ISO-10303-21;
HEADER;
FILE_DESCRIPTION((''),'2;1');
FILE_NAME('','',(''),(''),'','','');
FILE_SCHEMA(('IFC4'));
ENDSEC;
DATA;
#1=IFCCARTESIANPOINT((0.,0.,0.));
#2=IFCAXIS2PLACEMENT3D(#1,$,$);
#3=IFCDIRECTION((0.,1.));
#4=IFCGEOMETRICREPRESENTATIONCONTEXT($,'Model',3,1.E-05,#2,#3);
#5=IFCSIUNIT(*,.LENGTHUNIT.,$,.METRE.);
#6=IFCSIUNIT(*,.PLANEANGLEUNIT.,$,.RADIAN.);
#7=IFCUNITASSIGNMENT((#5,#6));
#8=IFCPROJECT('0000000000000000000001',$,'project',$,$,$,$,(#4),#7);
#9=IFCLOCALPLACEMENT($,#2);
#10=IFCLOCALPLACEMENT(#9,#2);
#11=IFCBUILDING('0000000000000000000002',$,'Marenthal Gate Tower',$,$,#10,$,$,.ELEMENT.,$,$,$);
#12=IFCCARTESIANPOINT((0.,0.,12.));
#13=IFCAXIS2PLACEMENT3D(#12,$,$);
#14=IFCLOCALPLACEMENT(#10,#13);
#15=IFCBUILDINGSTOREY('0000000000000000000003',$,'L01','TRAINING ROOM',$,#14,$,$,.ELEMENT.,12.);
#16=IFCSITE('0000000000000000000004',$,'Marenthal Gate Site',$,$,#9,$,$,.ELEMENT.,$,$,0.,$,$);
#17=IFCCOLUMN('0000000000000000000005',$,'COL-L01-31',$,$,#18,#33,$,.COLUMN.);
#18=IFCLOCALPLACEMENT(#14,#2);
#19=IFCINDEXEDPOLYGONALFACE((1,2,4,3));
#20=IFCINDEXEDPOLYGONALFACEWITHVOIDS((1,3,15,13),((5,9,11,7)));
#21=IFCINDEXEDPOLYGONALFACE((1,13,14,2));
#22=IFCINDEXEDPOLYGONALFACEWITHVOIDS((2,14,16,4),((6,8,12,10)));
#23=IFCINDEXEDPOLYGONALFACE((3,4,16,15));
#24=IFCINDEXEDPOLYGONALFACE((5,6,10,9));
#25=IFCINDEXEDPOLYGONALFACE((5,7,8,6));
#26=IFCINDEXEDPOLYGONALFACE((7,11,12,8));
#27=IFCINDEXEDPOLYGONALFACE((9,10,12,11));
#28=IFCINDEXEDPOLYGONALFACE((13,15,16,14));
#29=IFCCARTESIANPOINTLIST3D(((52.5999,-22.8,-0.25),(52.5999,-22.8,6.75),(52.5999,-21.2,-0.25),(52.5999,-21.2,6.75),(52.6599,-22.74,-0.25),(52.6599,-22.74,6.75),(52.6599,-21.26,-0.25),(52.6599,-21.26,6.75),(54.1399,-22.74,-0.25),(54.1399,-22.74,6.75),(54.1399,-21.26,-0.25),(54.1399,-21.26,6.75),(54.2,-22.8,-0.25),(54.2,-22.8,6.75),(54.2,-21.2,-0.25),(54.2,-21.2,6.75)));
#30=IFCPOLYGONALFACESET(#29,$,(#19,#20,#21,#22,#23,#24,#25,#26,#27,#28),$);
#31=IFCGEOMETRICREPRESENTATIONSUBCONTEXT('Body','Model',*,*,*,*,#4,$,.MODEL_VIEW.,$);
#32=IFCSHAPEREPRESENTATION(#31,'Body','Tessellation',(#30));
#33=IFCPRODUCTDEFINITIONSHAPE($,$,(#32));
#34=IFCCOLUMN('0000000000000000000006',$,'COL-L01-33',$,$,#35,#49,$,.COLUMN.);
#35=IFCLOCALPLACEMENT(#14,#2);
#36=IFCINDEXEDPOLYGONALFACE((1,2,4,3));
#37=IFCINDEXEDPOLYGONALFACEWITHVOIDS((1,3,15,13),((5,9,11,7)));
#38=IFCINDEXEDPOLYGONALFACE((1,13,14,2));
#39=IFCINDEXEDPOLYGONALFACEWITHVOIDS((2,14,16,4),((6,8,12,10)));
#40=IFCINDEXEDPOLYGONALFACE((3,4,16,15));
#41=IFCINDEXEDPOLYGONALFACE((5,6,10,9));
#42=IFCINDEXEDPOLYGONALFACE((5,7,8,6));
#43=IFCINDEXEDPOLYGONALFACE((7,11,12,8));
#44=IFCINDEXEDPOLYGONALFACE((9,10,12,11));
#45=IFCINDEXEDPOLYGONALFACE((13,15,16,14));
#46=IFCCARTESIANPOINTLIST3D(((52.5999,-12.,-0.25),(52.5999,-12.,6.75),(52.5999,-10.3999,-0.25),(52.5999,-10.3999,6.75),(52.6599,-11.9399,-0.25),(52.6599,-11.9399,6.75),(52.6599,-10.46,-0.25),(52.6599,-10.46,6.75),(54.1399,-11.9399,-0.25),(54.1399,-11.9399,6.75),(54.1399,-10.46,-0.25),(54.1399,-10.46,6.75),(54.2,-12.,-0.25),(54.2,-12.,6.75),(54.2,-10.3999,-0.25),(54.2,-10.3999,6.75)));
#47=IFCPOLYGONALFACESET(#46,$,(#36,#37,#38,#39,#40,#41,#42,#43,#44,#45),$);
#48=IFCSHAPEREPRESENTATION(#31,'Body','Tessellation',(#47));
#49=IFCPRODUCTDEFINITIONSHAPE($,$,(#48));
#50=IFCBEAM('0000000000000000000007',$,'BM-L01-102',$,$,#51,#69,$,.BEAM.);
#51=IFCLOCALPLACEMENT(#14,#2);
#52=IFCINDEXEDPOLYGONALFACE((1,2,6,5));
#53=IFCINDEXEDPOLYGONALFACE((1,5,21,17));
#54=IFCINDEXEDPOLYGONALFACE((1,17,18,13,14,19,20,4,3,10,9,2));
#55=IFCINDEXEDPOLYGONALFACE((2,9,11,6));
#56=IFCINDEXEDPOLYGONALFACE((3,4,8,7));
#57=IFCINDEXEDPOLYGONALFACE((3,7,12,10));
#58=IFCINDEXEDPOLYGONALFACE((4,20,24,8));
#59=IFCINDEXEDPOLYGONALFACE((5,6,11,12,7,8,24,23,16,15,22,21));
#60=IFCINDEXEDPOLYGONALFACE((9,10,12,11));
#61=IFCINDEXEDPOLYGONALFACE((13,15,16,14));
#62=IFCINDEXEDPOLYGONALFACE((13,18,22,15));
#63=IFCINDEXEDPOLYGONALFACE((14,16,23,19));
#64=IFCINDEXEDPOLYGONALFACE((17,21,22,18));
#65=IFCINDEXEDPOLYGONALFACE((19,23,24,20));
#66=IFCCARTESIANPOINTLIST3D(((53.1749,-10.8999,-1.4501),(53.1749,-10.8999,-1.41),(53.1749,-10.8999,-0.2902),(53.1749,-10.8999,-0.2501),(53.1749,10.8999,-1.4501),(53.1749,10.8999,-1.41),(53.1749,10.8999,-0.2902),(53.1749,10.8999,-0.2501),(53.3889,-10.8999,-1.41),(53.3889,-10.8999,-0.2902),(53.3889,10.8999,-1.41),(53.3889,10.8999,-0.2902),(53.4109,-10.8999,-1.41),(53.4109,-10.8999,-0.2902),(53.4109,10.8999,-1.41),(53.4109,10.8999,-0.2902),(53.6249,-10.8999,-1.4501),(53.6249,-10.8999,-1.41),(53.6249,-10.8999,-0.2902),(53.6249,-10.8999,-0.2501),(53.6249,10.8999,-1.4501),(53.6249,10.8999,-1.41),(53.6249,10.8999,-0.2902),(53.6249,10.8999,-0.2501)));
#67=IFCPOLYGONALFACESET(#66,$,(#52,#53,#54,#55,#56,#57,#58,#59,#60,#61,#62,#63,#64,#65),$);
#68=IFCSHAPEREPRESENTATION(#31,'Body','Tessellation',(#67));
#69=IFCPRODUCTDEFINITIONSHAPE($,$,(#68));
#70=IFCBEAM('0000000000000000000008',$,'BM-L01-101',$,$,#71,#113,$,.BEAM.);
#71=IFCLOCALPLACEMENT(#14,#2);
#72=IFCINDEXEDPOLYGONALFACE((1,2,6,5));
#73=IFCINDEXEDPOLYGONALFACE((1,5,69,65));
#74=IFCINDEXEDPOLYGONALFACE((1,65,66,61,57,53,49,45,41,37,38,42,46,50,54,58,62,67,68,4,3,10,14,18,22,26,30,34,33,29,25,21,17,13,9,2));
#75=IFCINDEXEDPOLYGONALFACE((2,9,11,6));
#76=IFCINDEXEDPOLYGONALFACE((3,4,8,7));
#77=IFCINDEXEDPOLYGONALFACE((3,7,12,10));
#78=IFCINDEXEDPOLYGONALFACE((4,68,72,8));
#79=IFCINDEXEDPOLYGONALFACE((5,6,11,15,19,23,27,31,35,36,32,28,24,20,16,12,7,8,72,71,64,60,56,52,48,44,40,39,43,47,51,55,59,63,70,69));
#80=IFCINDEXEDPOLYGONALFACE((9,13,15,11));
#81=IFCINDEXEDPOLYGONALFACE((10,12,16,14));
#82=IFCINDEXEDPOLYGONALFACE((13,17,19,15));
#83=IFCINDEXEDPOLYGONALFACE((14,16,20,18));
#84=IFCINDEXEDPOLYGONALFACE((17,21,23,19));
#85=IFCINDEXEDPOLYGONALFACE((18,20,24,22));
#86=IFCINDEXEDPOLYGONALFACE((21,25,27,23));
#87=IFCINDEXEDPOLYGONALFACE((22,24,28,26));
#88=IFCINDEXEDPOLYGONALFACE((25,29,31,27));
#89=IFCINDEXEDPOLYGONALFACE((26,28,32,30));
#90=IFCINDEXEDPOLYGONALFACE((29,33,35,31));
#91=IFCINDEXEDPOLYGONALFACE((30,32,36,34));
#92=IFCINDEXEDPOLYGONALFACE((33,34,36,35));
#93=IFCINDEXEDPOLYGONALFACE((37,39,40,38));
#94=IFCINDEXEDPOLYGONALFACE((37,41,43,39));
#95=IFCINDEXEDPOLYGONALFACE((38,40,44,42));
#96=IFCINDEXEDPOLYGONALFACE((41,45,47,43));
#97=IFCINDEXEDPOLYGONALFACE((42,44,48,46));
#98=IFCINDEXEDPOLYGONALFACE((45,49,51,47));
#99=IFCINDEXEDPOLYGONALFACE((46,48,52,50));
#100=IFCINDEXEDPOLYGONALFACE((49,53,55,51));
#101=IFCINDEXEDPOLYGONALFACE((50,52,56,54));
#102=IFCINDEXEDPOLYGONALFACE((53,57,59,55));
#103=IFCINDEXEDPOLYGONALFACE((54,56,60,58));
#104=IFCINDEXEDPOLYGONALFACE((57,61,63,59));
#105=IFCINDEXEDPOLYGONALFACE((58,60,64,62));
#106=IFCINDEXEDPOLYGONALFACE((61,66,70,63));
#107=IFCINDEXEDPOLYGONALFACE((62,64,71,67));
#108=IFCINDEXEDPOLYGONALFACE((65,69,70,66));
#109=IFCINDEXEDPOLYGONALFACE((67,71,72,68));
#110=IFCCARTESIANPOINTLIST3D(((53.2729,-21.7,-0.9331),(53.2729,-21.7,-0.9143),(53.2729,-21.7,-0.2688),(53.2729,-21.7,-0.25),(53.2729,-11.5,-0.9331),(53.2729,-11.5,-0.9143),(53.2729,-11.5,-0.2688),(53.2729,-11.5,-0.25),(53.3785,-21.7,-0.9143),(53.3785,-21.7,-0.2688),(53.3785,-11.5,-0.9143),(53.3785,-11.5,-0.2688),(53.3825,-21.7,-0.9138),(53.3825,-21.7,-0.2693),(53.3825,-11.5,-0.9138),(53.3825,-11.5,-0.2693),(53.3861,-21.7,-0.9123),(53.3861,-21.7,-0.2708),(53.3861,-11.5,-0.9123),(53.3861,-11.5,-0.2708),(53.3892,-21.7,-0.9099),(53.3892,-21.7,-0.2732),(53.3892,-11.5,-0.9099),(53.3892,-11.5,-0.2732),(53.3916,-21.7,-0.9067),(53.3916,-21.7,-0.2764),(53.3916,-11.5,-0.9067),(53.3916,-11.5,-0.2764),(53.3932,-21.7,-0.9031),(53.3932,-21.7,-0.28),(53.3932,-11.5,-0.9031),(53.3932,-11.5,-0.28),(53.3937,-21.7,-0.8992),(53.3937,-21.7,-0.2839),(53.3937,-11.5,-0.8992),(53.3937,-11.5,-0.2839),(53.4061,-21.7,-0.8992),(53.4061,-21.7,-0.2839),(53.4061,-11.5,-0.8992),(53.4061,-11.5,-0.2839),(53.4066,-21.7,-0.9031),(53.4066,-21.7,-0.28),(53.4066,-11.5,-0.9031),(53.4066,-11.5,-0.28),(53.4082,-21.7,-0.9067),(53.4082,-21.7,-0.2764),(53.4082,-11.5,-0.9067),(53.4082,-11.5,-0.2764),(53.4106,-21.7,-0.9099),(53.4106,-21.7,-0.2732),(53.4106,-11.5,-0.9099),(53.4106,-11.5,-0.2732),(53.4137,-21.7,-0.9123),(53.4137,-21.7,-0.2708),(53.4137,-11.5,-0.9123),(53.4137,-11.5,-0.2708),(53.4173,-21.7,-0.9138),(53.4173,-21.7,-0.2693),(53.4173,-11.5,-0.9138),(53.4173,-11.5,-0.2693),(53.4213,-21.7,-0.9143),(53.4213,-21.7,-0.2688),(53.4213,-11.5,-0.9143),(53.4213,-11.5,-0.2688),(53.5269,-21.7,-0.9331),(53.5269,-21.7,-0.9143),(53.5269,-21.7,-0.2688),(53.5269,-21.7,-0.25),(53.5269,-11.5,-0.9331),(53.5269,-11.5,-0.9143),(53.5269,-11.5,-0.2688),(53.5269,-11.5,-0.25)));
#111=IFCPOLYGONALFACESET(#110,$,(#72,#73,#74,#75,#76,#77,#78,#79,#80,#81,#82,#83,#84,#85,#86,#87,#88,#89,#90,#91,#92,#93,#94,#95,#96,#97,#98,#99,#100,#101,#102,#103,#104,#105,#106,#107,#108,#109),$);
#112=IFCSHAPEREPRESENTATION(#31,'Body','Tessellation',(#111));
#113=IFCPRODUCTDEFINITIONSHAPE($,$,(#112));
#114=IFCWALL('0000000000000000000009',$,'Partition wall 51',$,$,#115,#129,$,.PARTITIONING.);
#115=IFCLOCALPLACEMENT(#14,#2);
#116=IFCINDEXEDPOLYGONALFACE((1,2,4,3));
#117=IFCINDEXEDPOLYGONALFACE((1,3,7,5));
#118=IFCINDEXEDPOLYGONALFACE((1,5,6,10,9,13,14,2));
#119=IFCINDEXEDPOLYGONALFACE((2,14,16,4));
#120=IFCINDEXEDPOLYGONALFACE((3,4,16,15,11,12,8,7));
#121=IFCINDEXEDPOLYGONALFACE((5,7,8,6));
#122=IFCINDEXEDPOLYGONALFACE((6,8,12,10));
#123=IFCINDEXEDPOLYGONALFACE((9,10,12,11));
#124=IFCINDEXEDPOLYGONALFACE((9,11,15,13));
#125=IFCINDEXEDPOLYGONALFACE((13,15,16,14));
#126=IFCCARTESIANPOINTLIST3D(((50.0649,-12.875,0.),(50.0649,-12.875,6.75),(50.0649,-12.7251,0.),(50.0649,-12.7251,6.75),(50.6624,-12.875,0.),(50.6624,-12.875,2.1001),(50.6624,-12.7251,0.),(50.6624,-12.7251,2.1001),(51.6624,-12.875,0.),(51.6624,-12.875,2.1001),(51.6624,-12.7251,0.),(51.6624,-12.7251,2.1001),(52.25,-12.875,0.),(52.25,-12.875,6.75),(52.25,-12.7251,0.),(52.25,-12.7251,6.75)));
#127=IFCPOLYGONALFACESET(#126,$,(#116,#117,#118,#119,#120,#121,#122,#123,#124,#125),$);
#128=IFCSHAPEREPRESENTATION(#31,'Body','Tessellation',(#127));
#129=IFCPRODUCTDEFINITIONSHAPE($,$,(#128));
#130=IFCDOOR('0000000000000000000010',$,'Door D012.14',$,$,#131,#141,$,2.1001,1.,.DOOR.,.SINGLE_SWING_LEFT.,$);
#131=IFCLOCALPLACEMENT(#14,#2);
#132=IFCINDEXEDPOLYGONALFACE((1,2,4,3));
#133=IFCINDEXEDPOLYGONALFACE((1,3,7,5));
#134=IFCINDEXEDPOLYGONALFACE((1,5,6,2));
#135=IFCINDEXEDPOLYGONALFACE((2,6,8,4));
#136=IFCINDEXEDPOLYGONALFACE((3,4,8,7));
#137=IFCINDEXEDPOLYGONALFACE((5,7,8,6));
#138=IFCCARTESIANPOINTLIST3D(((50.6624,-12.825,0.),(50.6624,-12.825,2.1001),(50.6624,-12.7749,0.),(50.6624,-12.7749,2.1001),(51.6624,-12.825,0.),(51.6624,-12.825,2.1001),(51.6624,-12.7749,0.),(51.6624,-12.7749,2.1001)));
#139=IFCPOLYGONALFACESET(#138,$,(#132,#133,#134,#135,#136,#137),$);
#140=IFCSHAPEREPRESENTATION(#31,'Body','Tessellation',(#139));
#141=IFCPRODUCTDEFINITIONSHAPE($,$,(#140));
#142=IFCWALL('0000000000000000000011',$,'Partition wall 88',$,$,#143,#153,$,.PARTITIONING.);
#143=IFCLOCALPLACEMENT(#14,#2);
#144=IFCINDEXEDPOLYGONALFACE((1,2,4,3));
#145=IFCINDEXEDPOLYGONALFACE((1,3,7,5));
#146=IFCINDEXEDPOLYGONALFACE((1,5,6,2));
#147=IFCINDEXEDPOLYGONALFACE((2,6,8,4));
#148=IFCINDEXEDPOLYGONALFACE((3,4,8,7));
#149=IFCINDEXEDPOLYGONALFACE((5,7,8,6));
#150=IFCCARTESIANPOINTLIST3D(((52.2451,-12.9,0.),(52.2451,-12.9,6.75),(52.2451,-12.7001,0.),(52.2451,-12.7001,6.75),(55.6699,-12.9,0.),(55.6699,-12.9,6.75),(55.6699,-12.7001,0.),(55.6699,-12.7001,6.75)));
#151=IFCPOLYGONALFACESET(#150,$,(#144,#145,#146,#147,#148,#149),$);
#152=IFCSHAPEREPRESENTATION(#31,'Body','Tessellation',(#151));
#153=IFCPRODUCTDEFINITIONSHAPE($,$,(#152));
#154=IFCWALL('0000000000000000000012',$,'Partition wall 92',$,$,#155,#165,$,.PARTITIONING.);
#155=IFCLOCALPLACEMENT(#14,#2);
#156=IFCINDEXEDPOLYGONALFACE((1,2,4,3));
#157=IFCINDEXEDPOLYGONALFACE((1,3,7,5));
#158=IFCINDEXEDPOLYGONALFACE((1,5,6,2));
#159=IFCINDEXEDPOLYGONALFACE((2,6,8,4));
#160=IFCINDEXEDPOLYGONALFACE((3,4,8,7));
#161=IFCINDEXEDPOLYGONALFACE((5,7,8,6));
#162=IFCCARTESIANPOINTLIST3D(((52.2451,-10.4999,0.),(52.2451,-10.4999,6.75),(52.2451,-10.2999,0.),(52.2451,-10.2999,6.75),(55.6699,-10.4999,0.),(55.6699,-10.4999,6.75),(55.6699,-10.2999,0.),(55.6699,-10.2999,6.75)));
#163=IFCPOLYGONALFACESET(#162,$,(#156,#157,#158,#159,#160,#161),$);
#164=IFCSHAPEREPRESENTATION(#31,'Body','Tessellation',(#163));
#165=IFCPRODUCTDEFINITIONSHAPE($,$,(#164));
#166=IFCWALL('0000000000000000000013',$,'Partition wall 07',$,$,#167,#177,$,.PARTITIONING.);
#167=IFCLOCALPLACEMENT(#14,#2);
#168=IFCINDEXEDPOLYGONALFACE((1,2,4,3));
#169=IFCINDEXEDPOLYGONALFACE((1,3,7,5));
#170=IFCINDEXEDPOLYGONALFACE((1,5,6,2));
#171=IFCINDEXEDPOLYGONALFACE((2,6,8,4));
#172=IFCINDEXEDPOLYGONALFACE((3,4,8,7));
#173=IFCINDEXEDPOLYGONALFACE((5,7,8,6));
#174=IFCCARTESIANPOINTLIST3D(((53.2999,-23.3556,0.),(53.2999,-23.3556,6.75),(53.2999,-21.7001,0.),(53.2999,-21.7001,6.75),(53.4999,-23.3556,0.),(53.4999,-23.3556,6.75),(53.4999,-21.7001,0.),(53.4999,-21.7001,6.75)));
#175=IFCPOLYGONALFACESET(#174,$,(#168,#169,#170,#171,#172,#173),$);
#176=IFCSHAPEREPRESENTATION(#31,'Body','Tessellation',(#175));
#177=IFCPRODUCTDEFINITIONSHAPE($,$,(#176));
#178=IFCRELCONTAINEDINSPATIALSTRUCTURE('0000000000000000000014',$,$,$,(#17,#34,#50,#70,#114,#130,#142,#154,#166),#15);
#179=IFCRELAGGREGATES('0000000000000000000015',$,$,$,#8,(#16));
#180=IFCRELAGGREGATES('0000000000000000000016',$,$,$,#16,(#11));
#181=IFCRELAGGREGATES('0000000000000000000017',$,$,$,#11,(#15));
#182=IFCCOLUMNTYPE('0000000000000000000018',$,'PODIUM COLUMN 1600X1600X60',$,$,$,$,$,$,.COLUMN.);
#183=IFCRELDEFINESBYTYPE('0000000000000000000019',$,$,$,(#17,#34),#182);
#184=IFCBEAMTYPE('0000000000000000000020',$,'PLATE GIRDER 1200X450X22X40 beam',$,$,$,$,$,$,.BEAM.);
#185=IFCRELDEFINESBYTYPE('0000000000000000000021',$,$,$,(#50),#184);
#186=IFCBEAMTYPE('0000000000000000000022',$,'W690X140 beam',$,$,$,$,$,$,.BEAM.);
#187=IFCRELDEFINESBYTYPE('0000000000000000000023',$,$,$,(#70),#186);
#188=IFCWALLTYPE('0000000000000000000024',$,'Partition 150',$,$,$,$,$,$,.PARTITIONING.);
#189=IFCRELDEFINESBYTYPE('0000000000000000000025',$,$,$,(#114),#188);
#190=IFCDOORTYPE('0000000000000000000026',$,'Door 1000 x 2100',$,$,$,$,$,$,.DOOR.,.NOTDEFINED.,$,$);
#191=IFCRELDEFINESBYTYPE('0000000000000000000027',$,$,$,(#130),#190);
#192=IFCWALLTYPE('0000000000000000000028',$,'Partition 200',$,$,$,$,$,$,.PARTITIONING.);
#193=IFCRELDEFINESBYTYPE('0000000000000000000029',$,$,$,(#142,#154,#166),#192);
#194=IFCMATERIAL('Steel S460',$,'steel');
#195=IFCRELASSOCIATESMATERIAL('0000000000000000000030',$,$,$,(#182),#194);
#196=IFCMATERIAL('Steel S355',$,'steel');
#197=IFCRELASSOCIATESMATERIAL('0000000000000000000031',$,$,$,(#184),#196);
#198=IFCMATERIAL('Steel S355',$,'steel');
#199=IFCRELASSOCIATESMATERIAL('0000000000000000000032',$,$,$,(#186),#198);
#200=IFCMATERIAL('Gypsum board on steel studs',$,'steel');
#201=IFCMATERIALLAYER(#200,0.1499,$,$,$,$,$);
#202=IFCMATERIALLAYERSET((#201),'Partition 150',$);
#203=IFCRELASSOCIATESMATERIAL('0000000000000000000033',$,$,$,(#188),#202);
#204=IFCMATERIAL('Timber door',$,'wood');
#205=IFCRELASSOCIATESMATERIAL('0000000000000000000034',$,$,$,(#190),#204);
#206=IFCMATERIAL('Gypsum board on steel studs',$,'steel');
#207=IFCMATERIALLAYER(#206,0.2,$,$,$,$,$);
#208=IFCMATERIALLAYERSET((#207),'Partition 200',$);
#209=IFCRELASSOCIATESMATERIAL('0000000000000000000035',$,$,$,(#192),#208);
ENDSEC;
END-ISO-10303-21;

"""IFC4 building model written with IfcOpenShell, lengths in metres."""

from ifc_helpers import new_model, si_unit, direction, frame, frame_2d, origin, origin_2d, place, context, subcontext, project, spatial, rectangle, hollow_rectangle, i_section, extrude, material, layer, layer_set, material_profile, profile_set, type_object, element, fill, save


model = new_model("IFC4")

# Units and contexts
model_context = context("Model", 3, precision=1e-05, world=origin(), true_north=direction((0.0, 1.0)))
body_context = subcontext(model_context, "Body", "Model", "MODEL_VIEW")
ifc_project = project(units=[si_unit("LENGTHUNIT", "METRE"), si_unit("PLANEANGLEUNIT", "RADIAN")], contexts=[model_context])

# Site, building, storey
site_placement = place(None, origin())
site = spatial("IfcSite", under=ifc_project, at=site_placement, Name="Marenthal Gate Site", CompositionType="ELEMENT", RefElevation=0.0)
building_placement = place(site_placement, origin())
building = spatial("IfcBuilding", under=site, at=building_placement, Name="Marenthal Gate Tower", CompositionType="ELEMENT")
storey_placement = place(building_placement, frame((0.0, 0.0, 12.0)))
storey = spatial("IfcBuildingStorey", under=building, at=storey_placement, Name="L01", Description="TRAINING ROOM", CompositionType="ELEMENT", Elevation=12.0)

# Columns
ifc_material_1 = material(Name="Steel S460", Category="steel")
ifc_material_profile_1 = material_profile(ifc_material_1, hollow_rectangle(XDim=1.6001, YDim=1.6001, WallThickness=0.0601, at=origin_2d()), Name="CFT BOX 1600X1600X60")
ifc_material_2 = material(Name="Concrete 70 MPa", Category="concrete")
ifc_material_profile_2 = material_profile(ifc_material_2, rectangle(XDim=1.48, YDim=1.48, at=origin_2d()), Name="CFT BOX 1600X1600X60 INFILL")
ifc_profile_set_1 = profile_set([ifc_material_profile_1, ifc_material_profile_2], Name="Steel S460 shell, Concrete 70 MPa infill")
column_type = type_object("IfcColumnType", Name="PODIUM COLUMN 1600X1600X60", PredefinedType="COLUMN", material=ifc_profile_set_1)
for number, where, z_axis, x_axis, name in (
    (1, (53.3999, -22.0, -0.25), (0.0, 0.0, 1.0), (1.0, 0.0, 0.0), "COL-L01-31"),
    (2, (53.3999, -11.2, -0.25), (0.0, 0.0, 1.0), (1.0, 0.0, 0.0), "COL-L01-33"),
):
    element("IfcColumn", number, at=place(storey_placement, frame(where, z_axis=z_axis, x_axis=x_axis)), inside=storey, type_object=column_type, Name=name, PredefinedType="COLUMN", context=body_context, shape_type="SweptSolid", body=[
        extrude(hollow_rectangle(XDim=1.6001, YDim=1.6001, WallThickness=0.0601, at=origin_2d()), origin(), (0.0, 0.0, 1.0), 7.0),
    ])

# Beams
ifc_material_3 = material(Name="Steel S355", Category="steel")
ifc_material_profile_3 = material_profile(ifc_material_3, i_section(OverallWidth=0.45, OverallDepth=1.2, WebThickness=0.022, FlangeThickness=0.04, at=origin_2d()), Name="PLATE GIRDER 1200X450X22X40")
ifc_profile_set_2 = profile_set([ifc_material_profile_3], Name="Steel S355")
beam_type_1 = type_object("IfcBeamType", Name="PLATE GIRDER 1200X450X22X40 beam", PredefinedType="BEAM", material=ifc_profile_set_2)
beam_1_placement = place(storey_placement, frame((53.3999, -10.8999, -0.8501), z_axis=(0.0, 1.0, 0.0), x_axis=(-1.0, 0.0, 0.0)))
element("IfcBeam", 3, at=beam_1_placement, inside=storey, type_object=beam_type_1, Name="BM-L01-102", PredefinedType="BEAM", context=body_context, shape_type="SweptSolid", body=[
    extrude(i_section(OverallWidth=0.45, OverallDepth=1.2, WebThickness=0.022, FlangeThickness=0.04, at=origin_2d()), origin(), (0.0, 0.0, 1.0), 21.7998),
])
ifc_material_4 = material(Name="Steel S355", Category="steel")
ifc_material_profile_4 = material_profile(ifc_material_4, i_section(OverallWidth=0.2539, OverallDepth=0.6831, WebThickness=0.0125, FlangeThickness=0.0188, FilletRadius=0.0151, at=origin_2d()), Name="W690X140")
ifc_profile_set_3 = profile_set([ifc_material_profile_4], Name="Steel S355")
beam_type_2 = type_object("IfcBeamType", Name="W690X140 beam", PredefinedType="BEAM", material=ifc_profile_set_3)
beam_2_placement = place(storey_placement, frame((53.3999, -21.7, -0.5916), z_axis=(0.0, 1.0, 0.0), x_axis=(-1.0, 0.0, 0.0)))
element("IfcBeam", 4, at=beam_2_placement, inside=storey, type_object=beam_type_2, Name="BM-L01-101", PredefinedType="BEAM", context=body_context, shape_type="SweptSolid", body=[
    extrude(i_section(OverallWidth=0.2539, OverallDepth=0.6831, WebThickness=0.0125, FlangeThickness=0.0188, FilletRadius=0.0151, at=origin_2d()), origin(), (0.0, 0.0, 1.0), 10.2),
])

# Wall, opening, door
ifc_material_5 = material(Name="Gypsum board on steel studs", Category="steel")
ifc_layer_1 = layer(ifc_material_5, 0.1499)
ifc_layer_set_1 = layer_set([ifc_layer_1], Name="Partition 150")
wall_type_1 = type_object("IfcWallType", Name="Partition 150", PredefinedType="PARTITIONING", material=ifc_layer_set_1)
wall_1_placement = place(storey_placement, frame((50.0649, -12.8, 0.0), z_axis=(0.0, 0.0, 1.0), x_axis=(1.0, 0.0, 0.0)))
wall_1 = element("IfcWall", 5, at=wall_1_placement, inside=storey, type_object=wall_type_1, Name="Partition wall 51", PredefinedType="PARTITIONING", context=body_context, shape_type="SweptSolid", body=[
    extrude(rectangle(XDim=2.1851, YDim=0.1499, at=frame_2d((1.0925, 0.0))), origin(), (0.0, 0.0, 1.0), 6.75),
])
opening_1_placement = place(wall_1_placement, frame((0.5974, 0.0, 0.0)))
opening_1 = element("IfcOpeningElement", 6, at=opening_1_placement, cuts=wall_1, PredefinedType="OPENING", context=body_context, shape_type="SweptSolid", body=[
    extrude(rectangle(XDim=1.0, YDim=2.1001, at=frame_2d((0.5, 1.05))), frame((0.0, 0.085, 0.0), z_axis=(0.0, -1.0, 0.0), x_axis=(1.0, 0.0, 0.0)), (0.0, 0.0, 1.0), 0.1699),
])
ifc_material_6 = material(Name="Timber door", Category="wood")
door_type = type_object("IfcDoorType", Name="Door 1000 x 2100", OperationType="NOTDEFINED", PredefinedType="DOOR", material=ifc_material_6)
door_placement = place(opening_1_placement, frame((1.0, 0.0, 0.0), z_axis=(0.0, 0.0, 1.0), x_axis=(-1.0, 0.0, 0.0)))
door = element("IfcDoor", 7, at=door_placement, inside=storey, type_object=door_type, Name="Door D012.14", OperationType="SINGLE_SWING_LEFT", OverallHeight=2.1001, OverallWidth=1.0, PredefinedType="DOOR", context=body_context, shape_type="SweptSolid", body=[
    extrude(rectangle(XDim=1.0, YDim=2.1001, at=frame_2d((0.5, 1.05))), frame((0.0, 0.0249, 0.0), z_axis=(0.0, -1.0, 0.0), x_axis=(1.0, 0.0, 0.0)), (0.0, 0.0, 1.0), 0.05),
])
fill(opening_1, door)

# Walls
ifc_material_7 = material(Name="Gypsum board on steel studs", Category="steel")
ifc_layer_2 = layer(ifc_material_7, 0.2)
ifc_layer_set_2 = layer_set([ifc_layer_2], Name="Partition 200")
wall_type_2 = type_object("IfcWallType", Name="Partition 200", PredefinedType="PARTITIONING", material=ifc_layer_set_2)
for number, where, z_axis, x_axis, name in (
    (8, (52.2451, -12.8, 0.0), (0.0, 0.0, 1.0), (1.0, 0.0, 0.0), "Partition wall 88"),
    (9, (52.2451, -10.3999, 0.0), (0.0, 0.0, 1.0), (1.0, 0.0, 0.0), "Partition wall 92"),
):
    element("IfcWall", number, at=place(storey_placement, frame(where, z_axis=z_axis, x_axis=x_axis)), inside=storey, type_object=wall_type_2, Name=name, PredefinedType="PARTITIONING", context=body_context, shape_type="SweptSolid", body=[
        extrude(rectangle(XDim=3.4248, YDim=0.2, at=frame_2d((1.7124, 0.0))), origin(), (0.0, 0.0, 1.0), 6.75),
    ])
wall_2_placement = place(storey_placement, frame((53.3999, -23.3555, 0.0), z_axis=(0.0, 0.0, 1.0), x_axis=(0.0, 1.0, 0.0)))
element("IfcWall", 10, at=wall_2_placement, inside=storey, type_object=wall_type_2, Name="Partition wall 07", PredefinedType="PARTITIONING", context=body_context, shape_type="SweptSolid", body=[
    extrude(rectangle(XDim=1.6555, YDim=0.2, at=frame_2d((0.8276, 0.0))), origin(), (0.0, 0.0, 1.0), 6.75),
])

save(model, "model.ifc")
